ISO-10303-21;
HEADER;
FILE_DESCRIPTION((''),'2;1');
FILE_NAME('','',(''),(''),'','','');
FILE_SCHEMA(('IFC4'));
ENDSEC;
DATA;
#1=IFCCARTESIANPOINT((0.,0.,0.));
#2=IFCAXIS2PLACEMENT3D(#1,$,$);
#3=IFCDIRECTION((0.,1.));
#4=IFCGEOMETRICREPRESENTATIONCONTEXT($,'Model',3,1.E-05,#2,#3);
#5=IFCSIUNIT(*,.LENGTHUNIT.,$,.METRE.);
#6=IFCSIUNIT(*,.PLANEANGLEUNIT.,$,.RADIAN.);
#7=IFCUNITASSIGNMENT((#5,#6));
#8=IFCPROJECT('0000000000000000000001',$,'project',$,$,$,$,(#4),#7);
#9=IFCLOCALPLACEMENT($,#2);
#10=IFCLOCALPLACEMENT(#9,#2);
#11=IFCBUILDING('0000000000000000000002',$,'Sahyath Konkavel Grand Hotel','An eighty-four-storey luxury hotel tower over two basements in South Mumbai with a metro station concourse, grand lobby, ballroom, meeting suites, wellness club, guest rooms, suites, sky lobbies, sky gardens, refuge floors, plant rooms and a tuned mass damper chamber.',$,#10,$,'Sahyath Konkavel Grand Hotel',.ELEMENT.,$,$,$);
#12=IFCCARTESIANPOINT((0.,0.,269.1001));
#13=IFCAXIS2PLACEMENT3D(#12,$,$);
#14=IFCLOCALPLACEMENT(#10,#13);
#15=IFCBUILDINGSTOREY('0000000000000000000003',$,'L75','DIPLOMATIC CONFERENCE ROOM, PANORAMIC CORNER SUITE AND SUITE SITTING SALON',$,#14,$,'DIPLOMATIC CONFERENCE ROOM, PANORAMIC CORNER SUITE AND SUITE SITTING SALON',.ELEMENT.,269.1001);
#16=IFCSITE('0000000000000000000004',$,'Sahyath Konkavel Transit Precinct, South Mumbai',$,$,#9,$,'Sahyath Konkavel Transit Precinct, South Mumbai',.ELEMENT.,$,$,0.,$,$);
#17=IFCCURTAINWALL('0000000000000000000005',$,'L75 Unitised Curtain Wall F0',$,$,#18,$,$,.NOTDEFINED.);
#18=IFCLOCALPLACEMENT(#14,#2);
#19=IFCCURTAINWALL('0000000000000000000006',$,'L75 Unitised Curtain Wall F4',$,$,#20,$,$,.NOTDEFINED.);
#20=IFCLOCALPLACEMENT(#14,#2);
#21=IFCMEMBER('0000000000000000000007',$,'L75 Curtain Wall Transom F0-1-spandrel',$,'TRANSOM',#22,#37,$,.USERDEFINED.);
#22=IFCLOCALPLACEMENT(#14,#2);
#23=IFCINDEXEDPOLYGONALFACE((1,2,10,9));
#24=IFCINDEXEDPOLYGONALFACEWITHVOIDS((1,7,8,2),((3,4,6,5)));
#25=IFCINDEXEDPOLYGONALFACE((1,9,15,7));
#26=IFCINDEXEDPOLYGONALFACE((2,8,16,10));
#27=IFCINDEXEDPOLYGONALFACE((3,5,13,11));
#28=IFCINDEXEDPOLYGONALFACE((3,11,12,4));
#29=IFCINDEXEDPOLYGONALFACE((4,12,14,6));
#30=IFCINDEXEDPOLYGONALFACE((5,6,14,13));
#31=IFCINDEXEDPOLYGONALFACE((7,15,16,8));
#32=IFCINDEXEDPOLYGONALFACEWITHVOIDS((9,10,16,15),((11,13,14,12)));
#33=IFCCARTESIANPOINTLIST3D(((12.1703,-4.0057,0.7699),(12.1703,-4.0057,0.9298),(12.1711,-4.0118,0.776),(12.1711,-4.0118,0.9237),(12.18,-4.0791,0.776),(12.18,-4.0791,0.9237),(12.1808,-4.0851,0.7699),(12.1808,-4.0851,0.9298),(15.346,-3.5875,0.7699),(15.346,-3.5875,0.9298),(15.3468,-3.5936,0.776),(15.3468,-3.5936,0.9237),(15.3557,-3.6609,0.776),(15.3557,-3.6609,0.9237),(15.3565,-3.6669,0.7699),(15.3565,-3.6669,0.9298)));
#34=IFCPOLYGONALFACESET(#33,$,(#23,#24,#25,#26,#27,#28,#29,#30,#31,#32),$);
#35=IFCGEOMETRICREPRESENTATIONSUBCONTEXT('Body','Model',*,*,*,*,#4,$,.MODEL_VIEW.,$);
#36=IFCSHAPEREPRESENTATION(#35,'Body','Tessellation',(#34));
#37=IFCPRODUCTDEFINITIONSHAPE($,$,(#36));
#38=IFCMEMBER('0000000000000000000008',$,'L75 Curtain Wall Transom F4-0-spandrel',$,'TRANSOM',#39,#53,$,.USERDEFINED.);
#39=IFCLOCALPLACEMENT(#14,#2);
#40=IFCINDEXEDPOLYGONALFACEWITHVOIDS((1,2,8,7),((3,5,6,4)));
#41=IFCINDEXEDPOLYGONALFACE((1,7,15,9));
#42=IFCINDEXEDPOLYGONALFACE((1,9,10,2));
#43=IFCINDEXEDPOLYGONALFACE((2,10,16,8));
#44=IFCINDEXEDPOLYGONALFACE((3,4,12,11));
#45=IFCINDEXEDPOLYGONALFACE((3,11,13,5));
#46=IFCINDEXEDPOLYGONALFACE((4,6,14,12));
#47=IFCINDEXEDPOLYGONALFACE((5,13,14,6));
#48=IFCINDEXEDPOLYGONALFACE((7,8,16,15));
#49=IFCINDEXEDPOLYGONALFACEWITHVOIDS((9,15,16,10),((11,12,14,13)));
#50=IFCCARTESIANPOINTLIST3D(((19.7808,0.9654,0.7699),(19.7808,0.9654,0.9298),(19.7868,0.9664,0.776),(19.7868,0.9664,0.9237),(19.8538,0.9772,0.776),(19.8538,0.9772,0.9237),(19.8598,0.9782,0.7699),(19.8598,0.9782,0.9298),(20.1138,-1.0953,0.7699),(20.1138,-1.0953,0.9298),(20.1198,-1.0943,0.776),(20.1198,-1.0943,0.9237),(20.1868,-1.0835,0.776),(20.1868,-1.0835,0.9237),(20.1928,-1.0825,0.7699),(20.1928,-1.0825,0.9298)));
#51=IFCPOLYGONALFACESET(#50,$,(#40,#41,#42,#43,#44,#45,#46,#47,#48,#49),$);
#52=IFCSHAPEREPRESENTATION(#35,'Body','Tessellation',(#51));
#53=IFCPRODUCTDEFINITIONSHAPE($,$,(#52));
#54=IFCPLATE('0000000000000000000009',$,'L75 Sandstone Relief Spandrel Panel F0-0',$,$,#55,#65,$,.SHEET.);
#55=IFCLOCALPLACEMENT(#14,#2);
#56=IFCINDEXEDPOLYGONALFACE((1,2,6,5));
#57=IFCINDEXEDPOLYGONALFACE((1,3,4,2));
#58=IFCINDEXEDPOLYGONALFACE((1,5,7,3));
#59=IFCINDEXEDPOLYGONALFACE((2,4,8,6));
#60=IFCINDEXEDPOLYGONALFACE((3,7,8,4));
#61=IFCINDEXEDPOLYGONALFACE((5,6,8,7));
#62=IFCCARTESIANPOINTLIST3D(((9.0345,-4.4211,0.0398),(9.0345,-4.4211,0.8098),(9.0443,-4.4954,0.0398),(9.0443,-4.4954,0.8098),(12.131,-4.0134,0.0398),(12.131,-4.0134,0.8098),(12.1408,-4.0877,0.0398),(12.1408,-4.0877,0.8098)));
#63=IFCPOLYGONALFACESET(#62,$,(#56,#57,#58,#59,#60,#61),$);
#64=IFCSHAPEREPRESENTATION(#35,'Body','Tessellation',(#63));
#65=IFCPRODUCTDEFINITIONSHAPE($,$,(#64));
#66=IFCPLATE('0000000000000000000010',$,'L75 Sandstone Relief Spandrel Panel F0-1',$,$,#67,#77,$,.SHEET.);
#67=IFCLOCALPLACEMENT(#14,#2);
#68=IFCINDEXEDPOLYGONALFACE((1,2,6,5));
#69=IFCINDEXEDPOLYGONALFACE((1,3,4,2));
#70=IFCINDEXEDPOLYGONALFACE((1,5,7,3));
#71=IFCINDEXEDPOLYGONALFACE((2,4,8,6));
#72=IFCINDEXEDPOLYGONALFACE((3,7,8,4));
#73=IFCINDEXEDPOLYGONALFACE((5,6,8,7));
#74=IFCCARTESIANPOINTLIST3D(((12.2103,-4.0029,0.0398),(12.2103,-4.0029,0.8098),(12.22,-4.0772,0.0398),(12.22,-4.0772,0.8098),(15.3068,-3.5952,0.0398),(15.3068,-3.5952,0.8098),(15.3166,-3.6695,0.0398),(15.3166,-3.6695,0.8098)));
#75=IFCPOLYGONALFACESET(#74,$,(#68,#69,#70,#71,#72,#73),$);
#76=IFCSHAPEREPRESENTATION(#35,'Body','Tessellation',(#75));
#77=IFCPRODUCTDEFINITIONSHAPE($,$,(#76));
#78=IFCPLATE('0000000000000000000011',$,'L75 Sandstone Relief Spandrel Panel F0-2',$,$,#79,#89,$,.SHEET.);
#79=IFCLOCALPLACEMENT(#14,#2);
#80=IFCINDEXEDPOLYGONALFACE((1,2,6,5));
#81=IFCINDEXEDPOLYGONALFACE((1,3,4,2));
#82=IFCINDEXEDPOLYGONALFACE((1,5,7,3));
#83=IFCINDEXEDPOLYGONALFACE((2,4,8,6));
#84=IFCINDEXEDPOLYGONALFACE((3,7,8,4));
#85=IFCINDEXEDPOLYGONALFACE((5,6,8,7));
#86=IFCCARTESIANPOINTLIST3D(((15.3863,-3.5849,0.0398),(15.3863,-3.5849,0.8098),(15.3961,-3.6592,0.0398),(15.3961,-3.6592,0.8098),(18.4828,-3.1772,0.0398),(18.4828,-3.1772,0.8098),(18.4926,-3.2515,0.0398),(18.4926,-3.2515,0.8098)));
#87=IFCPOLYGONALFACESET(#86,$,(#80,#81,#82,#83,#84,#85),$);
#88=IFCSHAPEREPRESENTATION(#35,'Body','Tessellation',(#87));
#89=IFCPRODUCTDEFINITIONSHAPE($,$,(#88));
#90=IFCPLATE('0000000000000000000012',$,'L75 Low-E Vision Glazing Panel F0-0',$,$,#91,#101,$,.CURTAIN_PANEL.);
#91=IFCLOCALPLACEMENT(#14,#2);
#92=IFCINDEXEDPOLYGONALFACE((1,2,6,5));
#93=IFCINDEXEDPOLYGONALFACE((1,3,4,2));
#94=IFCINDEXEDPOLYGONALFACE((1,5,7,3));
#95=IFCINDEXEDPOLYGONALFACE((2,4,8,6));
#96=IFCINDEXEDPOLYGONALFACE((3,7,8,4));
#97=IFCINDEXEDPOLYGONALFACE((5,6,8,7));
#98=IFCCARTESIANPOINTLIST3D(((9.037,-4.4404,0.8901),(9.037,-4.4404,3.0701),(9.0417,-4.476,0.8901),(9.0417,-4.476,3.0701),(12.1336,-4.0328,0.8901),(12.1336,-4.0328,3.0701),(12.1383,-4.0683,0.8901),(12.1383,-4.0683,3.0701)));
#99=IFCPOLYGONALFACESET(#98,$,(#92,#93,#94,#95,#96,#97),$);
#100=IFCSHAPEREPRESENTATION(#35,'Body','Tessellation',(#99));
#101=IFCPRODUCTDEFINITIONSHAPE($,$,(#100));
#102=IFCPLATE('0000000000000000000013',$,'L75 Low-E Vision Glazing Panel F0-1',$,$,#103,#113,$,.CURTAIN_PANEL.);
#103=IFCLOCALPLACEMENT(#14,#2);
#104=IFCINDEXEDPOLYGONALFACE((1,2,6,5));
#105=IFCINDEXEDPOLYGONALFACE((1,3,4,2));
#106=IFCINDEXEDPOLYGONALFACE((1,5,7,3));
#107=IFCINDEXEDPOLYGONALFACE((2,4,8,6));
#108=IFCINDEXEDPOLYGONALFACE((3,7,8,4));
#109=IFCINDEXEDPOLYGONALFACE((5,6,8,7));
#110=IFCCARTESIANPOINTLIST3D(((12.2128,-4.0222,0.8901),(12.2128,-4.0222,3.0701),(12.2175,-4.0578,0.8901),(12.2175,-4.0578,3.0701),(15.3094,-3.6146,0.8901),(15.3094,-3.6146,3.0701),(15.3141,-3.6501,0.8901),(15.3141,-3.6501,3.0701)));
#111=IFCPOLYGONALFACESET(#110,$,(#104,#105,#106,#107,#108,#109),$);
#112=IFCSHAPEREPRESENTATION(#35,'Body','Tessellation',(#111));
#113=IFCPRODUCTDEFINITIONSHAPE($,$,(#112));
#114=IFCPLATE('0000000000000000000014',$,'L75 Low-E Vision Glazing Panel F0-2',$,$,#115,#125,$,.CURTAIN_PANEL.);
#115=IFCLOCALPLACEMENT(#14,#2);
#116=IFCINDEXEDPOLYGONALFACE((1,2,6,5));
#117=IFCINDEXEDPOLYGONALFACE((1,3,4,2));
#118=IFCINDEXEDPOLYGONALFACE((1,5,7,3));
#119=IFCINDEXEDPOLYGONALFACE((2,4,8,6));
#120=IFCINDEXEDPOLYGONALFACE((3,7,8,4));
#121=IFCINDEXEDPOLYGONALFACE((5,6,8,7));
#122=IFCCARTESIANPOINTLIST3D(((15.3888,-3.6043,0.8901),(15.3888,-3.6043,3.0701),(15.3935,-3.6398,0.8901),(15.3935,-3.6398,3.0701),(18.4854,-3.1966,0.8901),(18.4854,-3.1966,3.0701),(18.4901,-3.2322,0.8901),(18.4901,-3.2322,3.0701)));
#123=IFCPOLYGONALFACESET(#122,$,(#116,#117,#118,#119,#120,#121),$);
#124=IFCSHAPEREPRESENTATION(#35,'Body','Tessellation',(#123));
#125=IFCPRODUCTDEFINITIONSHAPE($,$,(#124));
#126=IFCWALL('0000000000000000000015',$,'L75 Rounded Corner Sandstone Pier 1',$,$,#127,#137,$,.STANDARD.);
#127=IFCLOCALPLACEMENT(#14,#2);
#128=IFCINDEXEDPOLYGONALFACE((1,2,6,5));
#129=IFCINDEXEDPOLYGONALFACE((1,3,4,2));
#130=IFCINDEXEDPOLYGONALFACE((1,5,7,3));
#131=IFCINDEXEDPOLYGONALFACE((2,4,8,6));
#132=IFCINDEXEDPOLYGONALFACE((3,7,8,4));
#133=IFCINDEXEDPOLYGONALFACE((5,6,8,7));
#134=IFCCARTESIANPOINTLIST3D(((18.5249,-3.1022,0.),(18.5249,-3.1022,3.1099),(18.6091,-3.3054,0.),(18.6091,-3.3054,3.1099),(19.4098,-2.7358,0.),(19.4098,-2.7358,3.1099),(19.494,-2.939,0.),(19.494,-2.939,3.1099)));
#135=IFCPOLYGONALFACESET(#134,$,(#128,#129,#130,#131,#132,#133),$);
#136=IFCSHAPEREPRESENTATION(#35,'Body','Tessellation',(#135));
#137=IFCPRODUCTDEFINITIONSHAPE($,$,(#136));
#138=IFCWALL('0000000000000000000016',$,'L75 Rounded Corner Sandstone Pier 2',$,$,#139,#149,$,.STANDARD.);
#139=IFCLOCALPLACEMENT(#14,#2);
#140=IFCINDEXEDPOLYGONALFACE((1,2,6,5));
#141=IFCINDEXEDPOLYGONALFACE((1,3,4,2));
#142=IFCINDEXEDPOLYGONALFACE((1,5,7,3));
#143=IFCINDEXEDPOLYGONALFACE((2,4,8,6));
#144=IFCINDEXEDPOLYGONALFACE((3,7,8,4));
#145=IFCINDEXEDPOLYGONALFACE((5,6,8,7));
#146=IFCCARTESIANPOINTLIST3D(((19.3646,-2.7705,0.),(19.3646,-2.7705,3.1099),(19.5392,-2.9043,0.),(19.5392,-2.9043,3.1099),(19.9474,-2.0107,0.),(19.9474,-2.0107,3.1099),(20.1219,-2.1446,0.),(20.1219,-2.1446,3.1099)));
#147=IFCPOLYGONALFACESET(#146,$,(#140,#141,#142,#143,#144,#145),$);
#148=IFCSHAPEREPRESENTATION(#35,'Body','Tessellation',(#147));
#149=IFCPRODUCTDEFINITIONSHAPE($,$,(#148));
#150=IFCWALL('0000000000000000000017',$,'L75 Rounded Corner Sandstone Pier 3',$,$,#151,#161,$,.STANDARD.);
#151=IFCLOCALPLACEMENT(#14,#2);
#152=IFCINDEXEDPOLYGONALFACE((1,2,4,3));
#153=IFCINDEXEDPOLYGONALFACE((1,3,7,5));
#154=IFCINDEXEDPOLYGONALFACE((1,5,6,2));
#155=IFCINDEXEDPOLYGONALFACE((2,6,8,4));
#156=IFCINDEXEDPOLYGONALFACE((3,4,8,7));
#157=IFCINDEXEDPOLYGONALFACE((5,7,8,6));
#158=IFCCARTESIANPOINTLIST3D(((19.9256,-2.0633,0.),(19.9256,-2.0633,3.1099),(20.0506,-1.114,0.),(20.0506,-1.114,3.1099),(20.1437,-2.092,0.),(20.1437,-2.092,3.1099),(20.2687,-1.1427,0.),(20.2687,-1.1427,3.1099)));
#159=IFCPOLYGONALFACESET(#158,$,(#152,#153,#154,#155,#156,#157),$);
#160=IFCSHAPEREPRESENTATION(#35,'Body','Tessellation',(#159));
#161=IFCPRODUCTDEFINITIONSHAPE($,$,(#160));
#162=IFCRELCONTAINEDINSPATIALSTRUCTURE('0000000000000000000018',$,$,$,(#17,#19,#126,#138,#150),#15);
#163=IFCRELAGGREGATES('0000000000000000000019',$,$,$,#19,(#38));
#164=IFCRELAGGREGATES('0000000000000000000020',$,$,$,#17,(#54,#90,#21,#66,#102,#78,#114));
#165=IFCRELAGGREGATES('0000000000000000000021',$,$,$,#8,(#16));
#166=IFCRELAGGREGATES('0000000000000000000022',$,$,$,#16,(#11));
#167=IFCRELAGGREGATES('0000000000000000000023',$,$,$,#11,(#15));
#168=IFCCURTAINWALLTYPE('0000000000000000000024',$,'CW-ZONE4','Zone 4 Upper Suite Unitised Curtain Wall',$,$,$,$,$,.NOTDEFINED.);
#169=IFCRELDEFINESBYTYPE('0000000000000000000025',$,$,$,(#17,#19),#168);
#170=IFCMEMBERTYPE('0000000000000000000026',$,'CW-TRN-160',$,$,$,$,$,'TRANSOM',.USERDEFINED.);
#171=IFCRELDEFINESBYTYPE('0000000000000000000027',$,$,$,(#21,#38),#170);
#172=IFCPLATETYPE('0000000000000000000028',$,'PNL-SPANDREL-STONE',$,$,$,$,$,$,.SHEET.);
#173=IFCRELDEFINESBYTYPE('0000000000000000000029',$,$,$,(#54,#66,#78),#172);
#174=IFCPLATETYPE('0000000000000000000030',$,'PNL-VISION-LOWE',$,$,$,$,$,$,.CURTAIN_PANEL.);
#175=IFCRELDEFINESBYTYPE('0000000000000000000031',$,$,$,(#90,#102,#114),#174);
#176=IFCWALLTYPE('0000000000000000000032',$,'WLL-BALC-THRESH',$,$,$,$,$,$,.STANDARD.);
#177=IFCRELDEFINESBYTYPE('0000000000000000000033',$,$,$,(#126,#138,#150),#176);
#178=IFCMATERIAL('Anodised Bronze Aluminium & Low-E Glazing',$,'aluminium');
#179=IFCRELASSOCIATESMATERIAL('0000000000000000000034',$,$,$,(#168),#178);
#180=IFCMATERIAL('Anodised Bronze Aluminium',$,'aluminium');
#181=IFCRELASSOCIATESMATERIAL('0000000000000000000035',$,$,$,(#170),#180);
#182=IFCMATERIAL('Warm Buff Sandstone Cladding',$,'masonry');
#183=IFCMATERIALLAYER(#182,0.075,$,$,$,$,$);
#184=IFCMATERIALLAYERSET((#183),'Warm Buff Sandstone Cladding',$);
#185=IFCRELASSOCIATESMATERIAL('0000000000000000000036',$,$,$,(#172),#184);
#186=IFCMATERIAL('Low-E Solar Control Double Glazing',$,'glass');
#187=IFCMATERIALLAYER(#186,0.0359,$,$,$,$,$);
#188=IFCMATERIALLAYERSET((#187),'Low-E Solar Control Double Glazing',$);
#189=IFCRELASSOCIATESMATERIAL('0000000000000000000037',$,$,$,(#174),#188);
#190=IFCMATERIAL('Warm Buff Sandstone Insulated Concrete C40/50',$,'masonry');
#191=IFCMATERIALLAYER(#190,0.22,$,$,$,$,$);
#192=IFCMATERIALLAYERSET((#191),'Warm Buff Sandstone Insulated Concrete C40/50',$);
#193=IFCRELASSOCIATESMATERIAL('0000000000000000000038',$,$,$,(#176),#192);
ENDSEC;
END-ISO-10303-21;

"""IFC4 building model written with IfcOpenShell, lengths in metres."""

from ifc_helpers import new_model, si_unit, direction, frame, frame_2d, origin, origin_2d, place, context, subcontext, project, spatial, rectangle, hollow_rectangle, extrude, source, transform, mapped, material, layer, layer_set, material_profile, profile_set, type_object, element, aggregate, save


model = new_model("IFC4")

# Units and contexts
model_context = context("Model", 3, precision=1e-05, world=origin(), true_north=direction((0.0, 1.0)))
body_context = subcontext(model_context, "Body", "Model", "MODEL_VIEW")
ifc_project = project(units=[si_unit("LENGTHUNIT", "METRE"), si_unit("PLANEANGLEUNIT", "RADIAN")], contexts=[model_context])

# Site, building, storey
site_placement = place(None, origin())
site = spatial("IfcSite", under=ifc_project, at=site_placement, Name="Sahyath Konkavel Transit Precinct, South Mumbai", LongName="Sahyath Konkavel Transit Precinct, South Mumbai", CompositionType="ELEMENT", RefElevation=0.0)
building_placement = place(site_placement, origin())
building = spatial("IfcBuilding", under=site, at=building_placement, Name="Sahyath Konkavel Grand Hotel", Description="An eighty-four-storey luxury hotel tower over two basements in South Mumbai with a metro station concourse, grand lobby, ballroom, meeting suites, wellness club, guest rooms, suites, sky lobbies, sky gardens, refuge floors, plant rooms and a tuned mass damper chamber.", LongName="Sahyath Konkavel Grand Hotel", CompositionType="ELEMENT")
storey_placement = place(building_placement, frame((0.0, 0.0, 269.1001)))
storey = spatial("IfcBuildingStorey", under=building, at=storey_placement, Name="L75", Description="DIPLOMATIC CONFERENCE ROOM, PANORAMIC CORNER SUITE AND SUITE SITTING SALON", LongName="DIPLOMATIC CONFERENCE ROOM, PANORAMIC CORNER SUITE AND SUITE SITTING SALON", CompositionType="ELEMENT", Elevation=269.1001)

# Curtain wall
ifc_material_1 = material(Name="Anodised Bronze Aluminium & Low-E Glazing", Category="aluminium")
curtain_wall_type = type_object("IfcCurtainWallType", Name="CW-ZONE4", Description="Zone 4 Upper Suite Unitised Curtain Wall", PredefinedType="NOTDEFINED", material=ifc_material_1)
curtain_wall_1_placement = place(storey_placement, origin())
curtain_wall_1 = element("IfcCurtainWall", 1, at=curtain_wall_1_placement, inside=storey, type_object=curtain_wall_type, Name="L75 Unitised Curtain Wall F0", PredefinedType="NOTDEFINED")
ifc_material_2 = material(Name="Anodised Bronze Aluminium", Category="aluminium")

# Curtain wall
curtain_wall_2_placement = place(storey_placement, origin())
curtain_wall_2 = element("IfcCurtainWall", 2, at=curtain_wall_2_placement, inside=storey, type_object=curtain_wall_type, Name="L75 Unitised Curtain Wall F4", PredefinedType="NOTDEFINED")

# Members
ifc_material_profile_1 = material_profile(ifc_material_2, hollow_rectangle(XDim=0.0801, YDim=0.1599, WallThickness=0.0061, at=origin_2d()), Name="RHS 160x80x6")
ifc_profile_set_1 = profile_set([ifc_material_profile_1], Name="Anodised Bronze Aluminium")
member_type_1 = type_object("IfcMemberType", Name="CW-TRN-160", ElementType="TRANSOM", PredefinedType="USERDEFINED", material=ifc_profile_set_1)
shared_shape_1 = source(origin(), body_context, "Body", "SweptSolid", [
    extrude(hollow_rectangle(XDim=0.0801, YDim=0.1599, WallThickness=0.0061, at=origin_2d()), origin(), (0.0, 0.0, 1.0), 3.2031),
])
member_1_placement = place(storey_placement, frame((12.1755, -4.0454, 0.8499), z_axis=(0.99144, 0.130561, 0.0), x_axis=(-0.130561, 0.99144, 0.0)))
member_1 = element("IfcMember", 3, at=member_1_placement, type_object=member_type_1, Name="L75 Curtain Wall Transom F0-1-spandrel", ObjectType="TRANSOM", PredefinedType="USERDEFINED", context=body_context, shape_type="MappedRepresentation", body=[
    mapped(shared_shape_1, transform((0.0, 0.0, 0.0), scale=1.0)),
])
shared_shape_2 = source(origin(), body_context, "Body", "SweptSolid", [
    extrude(hollow_rectangle(XDim=0.0801, YDim=0.1599, WallThickness=0.0061, at=origin_2d()), origin(), (0.0, 0.0, 1.0), 2.0874),
])
member_2_placement = place(storey_placement, frame((20.1533, -1.0889, 0.8499), z_axis=(-0.159541, 0.987191, 0.0), x_axis=(-0.987191, -0.159541, 0.0)))
member_2 = element("IfcMember", 4, at=member_2_placement, type_object=member_type_1, Name="L75 Curtain Wall Transom F4-0-spandrel", ObjectType="TRANSOM", PredefinedType="USERDEFINED", context=body_context, shape_type="MappedRepresentation", body=[
    mapped(shared_shape_2, transform((0.0, 0.0, 0.0), scale=1.0)),
])
aggregate(curtain_wall_2, [member_2])

# Plates
ifc_material_3 = material(Name="Warm Buff Sandstone Cladding", Category="masonry")
ifc_layer_1 = layer(ifc_material_3, 0.075)
ifc_layer_set_1 = layer_set([ifc_layer_1], Name="Warm Buff Sandstone Cladding")
plate_type_1 = type_object("IfcPlateType", Name="PNL-SPANDREL-STONE", PredefinedType="SHEET", material=ifc_layer_set_1)
shared_shape_3 = source(origin(), body_context, "Body", "SweptSolid", [
    extrude(rectangle(XDim=3.1233, YDim=0.075, at=origin_2d()), origin(), (0.0, 0.0, 1.0), 0.77),
])
plate_1_placement = place(storey_placement, frame((10.5876, -4.2544, 0.0398), z_axis=(0.0, 0.0, 1.0), x_axis=(0.991445, 0.130526, 0.0)))
plate_1 = element("IfcPlate", 5, at=plate_1_placement, type_object=plate_type_1, Name="L75 Sandstone Relief Spandrel Panel F0-0", PredefinedType="SHEET", context=body_context, shape_type="MappedRepresentation", body=[
    mapped(shared_shape_3, transform((0.0, 0.0, 0.0), scale=1.0)),
])
plate_2_placement = place(storey_placement, frame((13.7634, -3.8362, 0.0398), z_axis=(0.0, 0.0, 1.0), x_axis=(0.991445, 0.130526, 0.0)))
plate_2 = element("IfcPlate", 6, at=plate_2_placement, type_object=plate_type_1, Name="L75 Sandstone Relief Spandrel Panel F0-1", PredefinedType="SHEET", context=body_context, shape_type="MappedRepresentation", body=[
    mapped(shared_shape_3, transform((0.0, 0.0, 0.0), scale=1.0)),
])
plate_3_placement = place(storey_placement, frame((16.9395, -3.4182, 0.0398), z_axis=(0.0, 0.0, 1.0), x_axis=(0.991445, 0.130526, 0.0)))
plate_3 = element("IfcPlate", 7, at=plate_3_placement, type_object=plate_type_1, Name="L75 Sandstone Relief Spandrel Panel F0-2", PredefinedType="SHEET", context=body_context, shape_type="MappedRepresentation", body=[
    mapped(shared_shape_3, transform((0.0, 0.0, 0.0), scale=1.0)),
])
ifc_material_4 = material(Name="Low-E Solar Control Double Glazing", Category="glass")
ifc_layer_2 = layer(ifc_material_4, 0.0359)
ifc_layer_set_2 = layer_set([ifc_layer_2], Name="Low-E Solar Control Double Glazing")
plate_type_2 = type_object("IfcPlateType", Name="PNL-VISION-LOWE", PredefinedType="CURTAIN_PANEL", material=ifc_layer_set_2)
shared_shape_4 = source(origin(), body_context, "Body", "SweptSolid", [
    extrude(rectangle(XDim=3.1233, YDim=0.0359, at=origin_2d()), origin(), (0.0, 0.0, 1.0), 2.1799),
])
plate_4_placement = place(storey_placement, frame((10.5876, -4.2544, 0.8901), z_axis=(0.0, 0.0, 1.0), x_axis=(0.991445, 0.130526, 0.0)))
plate_4 = element("IfcPlate", 8, at=plate_4_placement, type_object=plate_type_2, Name="L75 Low-E Vision Glazing Panel F0-0", PredefinedType="CURTAIN_PANEL", context=body_context, shape_type="MappedRepresentation", body=[
    mapped(shared_shape_4, transform((0.0, 0.0, 0.0), scale=1.0)),
])
plate_5_placement = place(storey_placement, frame((13.7634, -3.8362, 0.8901), z_axis=(0.0, 0.0, 1.0), x_axis=(0.991445, 0.130526, 0.0)))
plate_5 = element("IfcPlate", 9, at=plate_5_placement, type_object=plate_type_2, Name="L75 Low-E Vision Glazing Panel F0-1", PredefinedType="CURTAIN_PANEL", context=body_context, shape_type="MappedRepresentation", body=[
    mapped(shared_shape_4, transform((0.0, 0.0, 0.0), scale=1.0)),
])
plate_6_placement = place(storey_placement, frame((16.9395, -3.4182, 0.8901), z_axis=(0.0, 0.0, 1.0), x_axis=(0.991445, 0.130526, 0.0)))
plate_6 = element("IfcPlate", 10, at=plate_6_placement, type_object=plate_type_2, Name="L75 Low-E Vision Glazing Panel F0-2", PredefinedType="CURTAIN_PANEL", context=body_context, shape_type="MappedRepresentation", body=[
    mapped(shared_shape_4, transform((0.0, 0.0, 0.0), scale=1.0)),
])
aggregate(curtain_wall_1, [plate_1, plate_4, member_1, plate_2, plate_5, plate_3, plate_6])

# Walls
ifc_material_5 = material(Name="Warm Buff Sandstone Insulated Concrete C40/50", Category="masonry")
ifc_layer_3 = layer(ifc_material_5, 0.22)
ifc_layer_set_3 = layer_set([ifc_layer_3], Name="Warm Buff Sandstone Insulated Concrete C40/50")
wall_type_1 = type_object("IfcWallType", Name="WLL-BALC-THRESH", PredefinedType="STANDARD", material=ifc_layer_set_3)
wall_1_placement = place(storey_placement, frame((18.5669, -3.2039, 0.0), z_axis=(0.0, 0.0, 1.0), x_axis=(0.923927, 0.382569, 0.0)))
element("IfcWall", 11, at=wall_1_placement, inside=storey, type_object=wall_type_1, Name="L75 Rounded Corner Sandstone Pier 1", PredefinedType="STANDARD", context=body_context, shape_type="SweptSolid", body=[
    extrude(rectangle(XDim=0.9578, YDim=0.22, at=frame_2d((0.479, 0.0))), origin(), (0.0, 0.0, 1.0), 3.1099),
])
for number, where, z_axis, x_axis, name in (
    (12, (19.4519, -2.8374, 0.0), (0.0, 0.0, 1.0), (0.608614, 0.793467, 0.0), "L75 Rounded Corner Sandstone Pier 2"),
    (13, (20.0347, -2.0776, 0.0), (0.0, 0.0, 1.0), (0.13056, 0.99144, 0.0), "L75 Rounded Corner Sandstone Pier 3"),
):
    element("IfcWall", number, at=place(storey_placement, frame(where, z_axis=z_axis, x_axis=x_axis)), inside=storey, type_object=wall_type_1, Name=name, PredefinedType="STANDARD", context=body_context, shape_type="SweptSolid", body=[
        extrude(rectangle(XDim=0.9575, YDim=0.22, at=frame_2d((0.4788, 0.0))), origin(), (0.0, 0.0, 1.0), 3.1099),
    ])

save(model, "model.ifc")
